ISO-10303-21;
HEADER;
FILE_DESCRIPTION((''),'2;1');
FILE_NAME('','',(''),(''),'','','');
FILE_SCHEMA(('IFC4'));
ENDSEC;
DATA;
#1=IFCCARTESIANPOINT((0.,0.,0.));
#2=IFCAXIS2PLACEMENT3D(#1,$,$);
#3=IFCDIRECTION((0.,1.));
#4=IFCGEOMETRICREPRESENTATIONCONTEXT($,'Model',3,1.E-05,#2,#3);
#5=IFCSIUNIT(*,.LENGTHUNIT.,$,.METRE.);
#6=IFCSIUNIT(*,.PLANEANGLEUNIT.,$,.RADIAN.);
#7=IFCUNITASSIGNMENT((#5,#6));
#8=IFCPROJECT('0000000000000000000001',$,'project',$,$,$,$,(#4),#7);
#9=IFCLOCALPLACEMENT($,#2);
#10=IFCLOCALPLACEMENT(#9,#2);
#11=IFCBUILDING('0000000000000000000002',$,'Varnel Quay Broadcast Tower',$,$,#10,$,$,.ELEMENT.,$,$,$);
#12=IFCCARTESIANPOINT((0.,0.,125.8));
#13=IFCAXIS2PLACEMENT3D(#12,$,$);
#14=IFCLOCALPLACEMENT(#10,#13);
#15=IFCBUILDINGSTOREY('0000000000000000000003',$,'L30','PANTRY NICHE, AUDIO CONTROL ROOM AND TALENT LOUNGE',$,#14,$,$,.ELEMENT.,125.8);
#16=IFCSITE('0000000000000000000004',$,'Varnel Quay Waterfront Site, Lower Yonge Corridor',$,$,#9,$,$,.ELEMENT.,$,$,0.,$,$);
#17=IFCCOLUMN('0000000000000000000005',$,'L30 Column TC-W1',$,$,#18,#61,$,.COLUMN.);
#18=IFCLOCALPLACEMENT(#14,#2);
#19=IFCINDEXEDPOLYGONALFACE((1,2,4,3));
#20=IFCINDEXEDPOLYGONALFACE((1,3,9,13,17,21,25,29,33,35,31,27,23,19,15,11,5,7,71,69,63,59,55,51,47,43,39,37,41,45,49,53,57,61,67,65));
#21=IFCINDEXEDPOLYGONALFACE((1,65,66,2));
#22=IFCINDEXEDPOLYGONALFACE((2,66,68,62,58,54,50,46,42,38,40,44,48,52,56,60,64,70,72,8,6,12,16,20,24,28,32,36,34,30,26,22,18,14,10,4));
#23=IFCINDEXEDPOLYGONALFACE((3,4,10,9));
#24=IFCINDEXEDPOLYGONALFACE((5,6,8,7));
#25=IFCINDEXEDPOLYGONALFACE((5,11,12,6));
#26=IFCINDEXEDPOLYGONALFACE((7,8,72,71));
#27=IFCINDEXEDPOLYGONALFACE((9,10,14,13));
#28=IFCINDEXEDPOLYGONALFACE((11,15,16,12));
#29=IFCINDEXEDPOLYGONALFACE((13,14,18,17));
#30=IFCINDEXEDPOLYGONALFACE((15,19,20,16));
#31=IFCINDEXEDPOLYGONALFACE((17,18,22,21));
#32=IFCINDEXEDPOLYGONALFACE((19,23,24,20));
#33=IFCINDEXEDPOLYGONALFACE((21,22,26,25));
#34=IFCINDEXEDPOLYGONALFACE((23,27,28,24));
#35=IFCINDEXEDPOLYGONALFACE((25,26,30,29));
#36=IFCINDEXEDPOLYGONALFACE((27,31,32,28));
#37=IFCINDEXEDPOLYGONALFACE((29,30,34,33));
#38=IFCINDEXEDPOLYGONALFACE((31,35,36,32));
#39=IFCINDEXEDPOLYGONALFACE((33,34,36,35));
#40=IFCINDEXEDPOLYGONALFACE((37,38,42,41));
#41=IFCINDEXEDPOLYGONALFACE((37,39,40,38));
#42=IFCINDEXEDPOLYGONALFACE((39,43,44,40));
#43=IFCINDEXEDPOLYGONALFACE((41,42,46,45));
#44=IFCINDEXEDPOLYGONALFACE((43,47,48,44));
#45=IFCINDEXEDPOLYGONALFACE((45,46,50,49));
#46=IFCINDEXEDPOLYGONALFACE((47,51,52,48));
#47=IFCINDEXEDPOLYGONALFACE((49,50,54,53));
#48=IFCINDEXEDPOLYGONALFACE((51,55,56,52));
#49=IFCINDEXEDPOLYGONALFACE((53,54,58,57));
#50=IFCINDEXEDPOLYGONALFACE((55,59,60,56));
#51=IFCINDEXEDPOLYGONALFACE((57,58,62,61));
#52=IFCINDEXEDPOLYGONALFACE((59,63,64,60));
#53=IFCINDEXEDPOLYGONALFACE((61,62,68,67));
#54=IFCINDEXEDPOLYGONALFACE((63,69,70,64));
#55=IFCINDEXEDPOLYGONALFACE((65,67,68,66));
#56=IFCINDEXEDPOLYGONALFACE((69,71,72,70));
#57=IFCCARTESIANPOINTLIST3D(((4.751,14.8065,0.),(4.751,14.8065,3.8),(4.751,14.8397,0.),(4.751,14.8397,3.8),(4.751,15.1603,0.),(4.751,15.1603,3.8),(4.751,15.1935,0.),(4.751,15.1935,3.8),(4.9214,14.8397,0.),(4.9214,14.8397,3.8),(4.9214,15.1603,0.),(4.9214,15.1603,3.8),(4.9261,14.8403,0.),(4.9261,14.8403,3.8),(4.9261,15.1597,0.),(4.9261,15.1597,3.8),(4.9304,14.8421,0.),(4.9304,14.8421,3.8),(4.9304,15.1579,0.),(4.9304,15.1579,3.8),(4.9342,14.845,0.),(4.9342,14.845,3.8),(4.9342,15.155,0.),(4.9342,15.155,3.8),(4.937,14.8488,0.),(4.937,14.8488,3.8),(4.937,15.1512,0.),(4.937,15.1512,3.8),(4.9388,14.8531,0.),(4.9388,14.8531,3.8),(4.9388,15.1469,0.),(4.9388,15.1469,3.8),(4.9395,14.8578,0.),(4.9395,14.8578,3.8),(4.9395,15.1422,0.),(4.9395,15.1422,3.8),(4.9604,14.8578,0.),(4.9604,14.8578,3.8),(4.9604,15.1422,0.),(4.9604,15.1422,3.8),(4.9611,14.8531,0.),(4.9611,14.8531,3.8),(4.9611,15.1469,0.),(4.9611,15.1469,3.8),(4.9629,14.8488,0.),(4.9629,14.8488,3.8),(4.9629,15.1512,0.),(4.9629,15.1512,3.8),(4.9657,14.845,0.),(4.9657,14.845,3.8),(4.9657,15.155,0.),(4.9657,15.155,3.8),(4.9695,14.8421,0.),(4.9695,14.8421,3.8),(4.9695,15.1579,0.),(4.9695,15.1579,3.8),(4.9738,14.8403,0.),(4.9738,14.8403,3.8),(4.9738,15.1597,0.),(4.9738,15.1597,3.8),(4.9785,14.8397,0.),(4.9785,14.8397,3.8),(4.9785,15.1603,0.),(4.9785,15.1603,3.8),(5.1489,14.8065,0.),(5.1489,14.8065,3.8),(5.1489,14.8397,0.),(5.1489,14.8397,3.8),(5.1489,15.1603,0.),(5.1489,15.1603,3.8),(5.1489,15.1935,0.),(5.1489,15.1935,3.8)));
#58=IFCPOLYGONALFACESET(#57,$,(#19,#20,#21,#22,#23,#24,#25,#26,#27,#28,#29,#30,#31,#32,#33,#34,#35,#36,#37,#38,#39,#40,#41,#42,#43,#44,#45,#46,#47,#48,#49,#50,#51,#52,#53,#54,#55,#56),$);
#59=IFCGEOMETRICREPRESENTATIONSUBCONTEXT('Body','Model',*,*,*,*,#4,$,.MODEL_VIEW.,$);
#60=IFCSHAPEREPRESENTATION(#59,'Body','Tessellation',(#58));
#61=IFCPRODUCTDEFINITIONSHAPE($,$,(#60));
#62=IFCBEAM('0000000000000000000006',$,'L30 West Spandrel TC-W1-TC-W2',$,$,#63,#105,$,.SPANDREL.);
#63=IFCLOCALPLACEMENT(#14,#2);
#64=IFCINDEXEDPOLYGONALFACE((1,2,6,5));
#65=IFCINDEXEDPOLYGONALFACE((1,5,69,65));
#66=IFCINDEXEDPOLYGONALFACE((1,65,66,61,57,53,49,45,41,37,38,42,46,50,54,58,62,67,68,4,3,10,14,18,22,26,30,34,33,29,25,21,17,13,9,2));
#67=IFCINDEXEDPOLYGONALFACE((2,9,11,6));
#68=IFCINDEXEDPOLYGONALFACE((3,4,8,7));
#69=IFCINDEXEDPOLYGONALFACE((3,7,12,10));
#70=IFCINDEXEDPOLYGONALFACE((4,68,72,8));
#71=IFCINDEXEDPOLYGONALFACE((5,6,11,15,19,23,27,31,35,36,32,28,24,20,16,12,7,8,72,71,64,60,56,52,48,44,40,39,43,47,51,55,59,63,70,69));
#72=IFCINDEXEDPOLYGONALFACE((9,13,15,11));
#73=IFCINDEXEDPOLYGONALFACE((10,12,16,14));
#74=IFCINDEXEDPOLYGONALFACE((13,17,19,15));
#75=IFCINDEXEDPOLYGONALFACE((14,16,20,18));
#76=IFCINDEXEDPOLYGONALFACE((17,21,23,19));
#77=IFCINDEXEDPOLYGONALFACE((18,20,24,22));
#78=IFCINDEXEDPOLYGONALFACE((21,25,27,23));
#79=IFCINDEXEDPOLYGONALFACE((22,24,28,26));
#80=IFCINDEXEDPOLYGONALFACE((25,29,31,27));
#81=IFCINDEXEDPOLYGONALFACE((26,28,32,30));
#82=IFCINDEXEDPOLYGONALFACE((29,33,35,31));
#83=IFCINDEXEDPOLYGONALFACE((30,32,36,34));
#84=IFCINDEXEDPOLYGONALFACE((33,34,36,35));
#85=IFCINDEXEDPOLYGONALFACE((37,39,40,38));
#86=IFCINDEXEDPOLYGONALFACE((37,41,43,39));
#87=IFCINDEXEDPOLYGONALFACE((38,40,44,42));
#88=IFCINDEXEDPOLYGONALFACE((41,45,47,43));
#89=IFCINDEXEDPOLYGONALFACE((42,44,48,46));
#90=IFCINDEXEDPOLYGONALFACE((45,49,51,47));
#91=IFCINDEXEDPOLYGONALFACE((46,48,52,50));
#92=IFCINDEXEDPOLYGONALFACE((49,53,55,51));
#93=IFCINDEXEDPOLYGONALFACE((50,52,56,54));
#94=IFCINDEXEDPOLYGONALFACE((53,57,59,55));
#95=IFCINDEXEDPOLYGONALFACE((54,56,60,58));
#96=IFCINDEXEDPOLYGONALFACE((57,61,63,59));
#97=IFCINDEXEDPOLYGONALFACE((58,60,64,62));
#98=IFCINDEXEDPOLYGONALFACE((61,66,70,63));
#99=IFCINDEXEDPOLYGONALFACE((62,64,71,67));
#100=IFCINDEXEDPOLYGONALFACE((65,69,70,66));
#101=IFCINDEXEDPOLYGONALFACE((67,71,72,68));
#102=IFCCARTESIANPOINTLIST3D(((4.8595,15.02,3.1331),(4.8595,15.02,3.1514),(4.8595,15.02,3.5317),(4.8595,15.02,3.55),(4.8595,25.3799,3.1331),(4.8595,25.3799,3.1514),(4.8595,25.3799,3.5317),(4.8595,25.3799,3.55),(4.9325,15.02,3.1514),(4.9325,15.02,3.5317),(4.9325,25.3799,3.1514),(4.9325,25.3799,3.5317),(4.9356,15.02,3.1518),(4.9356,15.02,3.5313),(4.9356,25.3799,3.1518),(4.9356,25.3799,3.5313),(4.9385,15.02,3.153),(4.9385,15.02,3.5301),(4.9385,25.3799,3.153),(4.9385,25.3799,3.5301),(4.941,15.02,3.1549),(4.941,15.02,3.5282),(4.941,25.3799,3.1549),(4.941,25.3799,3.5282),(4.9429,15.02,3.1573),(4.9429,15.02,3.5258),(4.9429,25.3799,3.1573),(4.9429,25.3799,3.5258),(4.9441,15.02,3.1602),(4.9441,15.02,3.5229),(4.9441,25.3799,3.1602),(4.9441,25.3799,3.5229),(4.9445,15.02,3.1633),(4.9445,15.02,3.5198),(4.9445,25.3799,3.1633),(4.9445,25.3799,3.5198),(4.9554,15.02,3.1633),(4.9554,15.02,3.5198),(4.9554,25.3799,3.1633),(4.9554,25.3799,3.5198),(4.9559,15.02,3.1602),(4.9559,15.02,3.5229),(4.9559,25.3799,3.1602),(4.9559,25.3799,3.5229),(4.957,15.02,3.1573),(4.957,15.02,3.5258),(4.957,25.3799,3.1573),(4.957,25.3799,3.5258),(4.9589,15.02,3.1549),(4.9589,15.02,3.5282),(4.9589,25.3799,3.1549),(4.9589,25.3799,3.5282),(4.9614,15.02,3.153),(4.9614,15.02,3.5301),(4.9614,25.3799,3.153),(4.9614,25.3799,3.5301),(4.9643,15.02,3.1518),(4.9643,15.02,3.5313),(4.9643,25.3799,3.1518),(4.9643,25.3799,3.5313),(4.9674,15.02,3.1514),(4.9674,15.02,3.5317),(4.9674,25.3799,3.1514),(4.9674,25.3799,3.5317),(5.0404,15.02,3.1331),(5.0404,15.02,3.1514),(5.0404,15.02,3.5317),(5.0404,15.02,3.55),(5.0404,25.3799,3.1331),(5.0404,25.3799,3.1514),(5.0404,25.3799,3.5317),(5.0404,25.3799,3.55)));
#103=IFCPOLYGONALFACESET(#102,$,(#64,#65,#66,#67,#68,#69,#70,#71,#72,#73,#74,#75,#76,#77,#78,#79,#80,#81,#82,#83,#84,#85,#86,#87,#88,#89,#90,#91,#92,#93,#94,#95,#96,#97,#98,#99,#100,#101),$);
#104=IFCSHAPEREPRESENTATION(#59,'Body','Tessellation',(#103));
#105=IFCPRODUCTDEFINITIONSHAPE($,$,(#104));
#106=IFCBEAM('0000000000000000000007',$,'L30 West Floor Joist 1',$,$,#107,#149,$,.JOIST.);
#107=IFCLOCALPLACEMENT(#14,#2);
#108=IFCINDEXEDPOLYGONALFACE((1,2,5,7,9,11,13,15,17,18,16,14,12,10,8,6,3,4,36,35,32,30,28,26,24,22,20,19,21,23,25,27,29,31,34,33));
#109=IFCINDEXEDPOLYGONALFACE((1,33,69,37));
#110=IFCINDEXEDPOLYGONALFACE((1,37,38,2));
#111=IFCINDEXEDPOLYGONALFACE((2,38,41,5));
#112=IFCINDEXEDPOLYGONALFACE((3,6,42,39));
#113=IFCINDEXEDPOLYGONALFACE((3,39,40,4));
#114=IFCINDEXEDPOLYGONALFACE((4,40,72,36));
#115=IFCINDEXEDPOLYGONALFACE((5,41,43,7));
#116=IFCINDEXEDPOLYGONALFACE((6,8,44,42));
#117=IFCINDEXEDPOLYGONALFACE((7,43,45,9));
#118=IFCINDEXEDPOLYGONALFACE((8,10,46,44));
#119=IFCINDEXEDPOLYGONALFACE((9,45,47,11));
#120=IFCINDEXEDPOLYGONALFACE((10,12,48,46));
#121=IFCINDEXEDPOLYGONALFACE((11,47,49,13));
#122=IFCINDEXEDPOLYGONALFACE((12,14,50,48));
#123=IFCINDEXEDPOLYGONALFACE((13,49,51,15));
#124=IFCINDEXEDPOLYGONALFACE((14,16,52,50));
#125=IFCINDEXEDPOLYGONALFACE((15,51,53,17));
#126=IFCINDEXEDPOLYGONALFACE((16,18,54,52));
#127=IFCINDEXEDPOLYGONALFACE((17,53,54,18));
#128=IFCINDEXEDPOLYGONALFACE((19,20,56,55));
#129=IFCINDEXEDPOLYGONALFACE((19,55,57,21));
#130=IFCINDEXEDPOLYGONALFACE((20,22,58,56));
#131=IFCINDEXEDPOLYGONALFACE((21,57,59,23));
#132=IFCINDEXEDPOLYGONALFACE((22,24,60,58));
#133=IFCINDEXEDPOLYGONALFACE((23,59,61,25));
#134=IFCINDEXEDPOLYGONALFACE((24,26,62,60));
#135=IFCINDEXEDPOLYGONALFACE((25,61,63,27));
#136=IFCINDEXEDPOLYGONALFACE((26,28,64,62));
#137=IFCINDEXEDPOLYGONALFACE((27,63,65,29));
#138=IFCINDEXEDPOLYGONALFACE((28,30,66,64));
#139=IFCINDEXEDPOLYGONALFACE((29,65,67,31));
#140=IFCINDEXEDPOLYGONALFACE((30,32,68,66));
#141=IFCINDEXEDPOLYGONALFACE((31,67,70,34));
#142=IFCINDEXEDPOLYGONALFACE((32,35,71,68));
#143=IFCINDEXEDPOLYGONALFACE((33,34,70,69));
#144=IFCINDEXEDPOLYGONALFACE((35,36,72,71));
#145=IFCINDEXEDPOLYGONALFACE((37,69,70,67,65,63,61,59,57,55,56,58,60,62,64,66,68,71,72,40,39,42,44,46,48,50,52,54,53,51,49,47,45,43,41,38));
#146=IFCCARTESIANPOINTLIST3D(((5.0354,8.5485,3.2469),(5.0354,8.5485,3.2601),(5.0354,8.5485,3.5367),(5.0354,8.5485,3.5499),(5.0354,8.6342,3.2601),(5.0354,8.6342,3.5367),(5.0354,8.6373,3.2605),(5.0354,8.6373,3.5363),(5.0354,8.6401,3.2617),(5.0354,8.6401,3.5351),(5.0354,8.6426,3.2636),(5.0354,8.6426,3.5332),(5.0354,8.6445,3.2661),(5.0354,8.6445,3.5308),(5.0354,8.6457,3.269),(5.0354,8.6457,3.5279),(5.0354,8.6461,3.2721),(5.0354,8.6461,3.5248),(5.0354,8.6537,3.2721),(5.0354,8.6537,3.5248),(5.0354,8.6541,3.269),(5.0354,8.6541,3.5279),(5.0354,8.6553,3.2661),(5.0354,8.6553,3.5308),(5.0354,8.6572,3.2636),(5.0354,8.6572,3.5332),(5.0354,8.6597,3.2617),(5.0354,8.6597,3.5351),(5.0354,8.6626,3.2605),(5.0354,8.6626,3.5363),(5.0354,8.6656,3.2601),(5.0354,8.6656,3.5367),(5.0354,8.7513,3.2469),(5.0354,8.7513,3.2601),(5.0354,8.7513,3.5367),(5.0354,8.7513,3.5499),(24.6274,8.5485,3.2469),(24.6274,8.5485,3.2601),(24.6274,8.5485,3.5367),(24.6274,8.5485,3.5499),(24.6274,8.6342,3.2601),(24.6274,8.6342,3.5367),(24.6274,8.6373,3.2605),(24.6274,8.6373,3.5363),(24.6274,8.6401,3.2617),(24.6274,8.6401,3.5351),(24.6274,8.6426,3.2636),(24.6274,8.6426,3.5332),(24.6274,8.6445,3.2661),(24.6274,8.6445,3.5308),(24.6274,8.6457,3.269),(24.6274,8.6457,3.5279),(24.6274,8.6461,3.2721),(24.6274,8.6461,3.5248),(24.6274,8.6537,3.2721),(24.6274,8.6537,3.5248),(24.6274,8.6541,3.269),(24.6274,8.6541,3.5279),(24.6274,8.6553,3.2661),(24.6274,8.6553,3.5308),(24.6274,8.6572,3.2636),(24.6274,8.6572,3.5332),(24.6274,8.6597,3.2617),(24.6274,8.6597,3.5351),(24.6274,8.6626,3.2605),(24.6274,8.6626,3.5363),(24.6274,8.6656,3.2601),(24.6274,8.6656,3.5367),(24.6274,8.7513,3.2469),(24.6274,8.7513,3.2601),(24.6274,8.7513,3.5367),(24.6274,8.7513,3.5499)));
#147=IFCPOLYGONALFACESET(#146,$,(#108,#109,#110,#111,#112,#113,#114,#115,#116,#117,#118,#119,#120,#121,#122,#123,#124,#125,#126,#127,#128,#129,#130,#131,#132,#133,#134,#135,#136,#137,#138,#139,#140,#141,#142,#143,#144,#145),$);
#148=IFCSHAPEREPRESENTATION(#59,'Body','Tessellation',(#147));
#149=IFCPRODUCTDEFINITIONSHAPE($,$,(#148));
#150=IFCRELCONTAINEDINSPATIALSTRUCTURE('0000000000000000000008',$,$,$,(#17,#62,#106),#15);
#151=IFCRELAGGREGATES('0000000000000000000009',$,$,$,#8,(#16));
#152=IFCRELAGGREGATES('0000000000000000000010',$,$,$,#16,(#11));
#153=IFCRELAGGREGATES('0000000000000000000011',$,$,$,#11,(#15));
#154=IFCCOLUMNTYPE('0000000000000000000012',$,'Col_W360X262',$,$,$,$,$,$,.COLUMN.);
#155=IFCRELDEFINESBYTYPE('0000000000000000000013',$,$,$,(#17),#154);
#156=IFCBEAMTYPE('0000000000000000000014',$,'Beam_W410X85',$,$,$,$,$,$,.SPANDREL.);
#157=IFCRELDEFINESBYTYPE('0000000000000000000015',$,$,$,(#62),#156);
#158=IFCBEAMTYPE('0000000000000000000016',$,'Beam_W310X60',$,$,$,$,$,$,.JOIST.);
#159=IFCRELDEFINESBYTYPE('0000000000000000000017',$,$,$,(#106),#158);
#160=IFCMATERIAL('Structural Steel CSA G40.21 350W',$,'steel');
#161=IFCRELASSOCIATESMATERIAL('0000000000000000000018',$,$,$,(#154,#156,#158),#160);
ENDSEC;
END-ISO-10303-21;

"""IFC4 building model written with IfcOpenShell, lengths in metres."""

from ifc_helpers import new_model, si_unit, direction, frame, origin, origin_2d, place, context, subcontext, project, spatial, i_section, extrude, source, transform, mapped, material, material_profile, profile_set, type_object, type_shapes, element, save


model = new_model("IFC4")

# Units and contexts
model_context = context("Model", 3, precision=1e-05, world=origin(), true_north=direction((0.0, 1.0)))
body_context = subcontext(model_context, "Body", "Model", "MODEL_VIEW")
ifc_project = project(units=[si_unit("LENGTHUNIT", "METRE"), si_unit("PLANEANGLEUNIT", "RADIAN")], contexts=[model_context])

# Site, building, storey
site_placement = place(None, origin())
site = spatial("IfcSite", under=ifc_project, at=site_placement, Name="Varnel Quay Waterfront Site, Lower Yonge Corridor", CompositionType="ELEMENT", RefElevation=0.0)
building_placement = place(site_placement, origin())
building = spatial("IfcBuilding", under=site, at=building_placement, Name="Varnel Quay Broadcast Tower", CompositionType="ELEMENT")
storey_placement = place(building_placement, frame((0.0, 0.0, 125.8)))
storey = spatial("IfcBuildingStorey", under=building, at=storey_placement, Name="L30", Description="PANTRY NICHE, AUDIO CONTROL ROOM AND TALENT LOUNGE", CompositionType="ELEMENT", Elevation=125.8)

# Column
ifc_material_1 = material(Name="Structural Steel CSA G40.21 350W", Category="steel")
ifc_material_profile_1 = material_profile(ifc_material_1, i_section(OverallWidth=0.3979, OverallDepth=0.387, WebThickness=0.021, FlangeThickness=0.0332, FilletRadius=0.0181, at=origin_2d()), Name="W360X262")
ifc_profile_set_1 = profile_set([ifc_material_profile_1], Name="Structural Steel CSA G40.21 350W")
column_type = type_object("IfcColumnType", Name="Col_W360X262", PredefinedType="COLUMN", material=ifc_profile_set_1)
shared_shape_1 = source(origin(), body_context, "Body", "SweptSolid", [
    extrude(i_section(OverallWidth=0.3979, OverallDepth=0.387, WebThickness=0.021, FlangeThickness=0.0332, FilletRadius=0.0181, at=origin_2d()), origin(), (0.0, 0.0, 1.0), 3.8),
])
type_shapes(column_type, [shared_shape_1])
column_placement = place(storey_placement, frame((4.95, 15.0, 0.0), z_axis=(0.0, 0.0, 1.0), x_axis=(1.0, 0.0, 0.0)))
element("IfcColumn", 1, at=column_placement, inside=storey, type_object=column_type, Name="L30 Column TC-W1", PredefinedType="COLUMN", context=body_context, shape_type="MappedRepresentation", body=[
    mapped(shared_shape_1, transform((0.0, 0.0, 0.0), x_axis=(1.0, 0.0, 0.0), y_axis=(0.0, 1.0, 0.0), z_axis=(0.0, 0.0, 1.0), scale=1.0)),
])

# Beams
ifc_material_profile_2 = material_profile(ifc_material_1, i_section(OverallWidth=0.1809, OverallDepth=0.417, WebThickness=0.011, FlangeThickness=0.0183, FilletRadius=0.012, at=origin_2d()), Name="W410X85")
ifc_profile_set_2 = profile_set([ifc_material_profile_2], Name="Structural Steel CSA G40.21 350W")
beam_type_1 = type_object("IfcBeamType", Name="Beam_W410X85", PredefinedType="SPANDREL", material=ifc_profile_set_2)
shared_shape_2 = source(origin(), body_context, "Body", "SweptSolid", [
    extrude(i_section(OverallWidth=0.1809, OverallDepth=0.417, WebThickness=0.011, FlangeThickness=0.0183, FilletRadius=0.012, at=origin_2d()), origin(), (0.0, 0.0, 1.0), 10.3599),
])
type_shapes(beam_type_1, [shared_shape_2])
beam_1_placement = place(storey_placement, frame((4.95, 15.02, 3.3416), z_axis=(0.0, 1.0, 0.0), x_axis=(-1.0, 0.0, 0.0)))
element("IfcBeam", 2, at=beam_1_placement, inside=storey, type_object=beam_type_1, Name="L30 West Spandrel TC-W1-TC-W2", PredefinedType="SPANDREL", context=body_context, shape_type="MappedRepresentation", body=[
    mapped(shared_shape_2, transform((0.0, 0.0, 0.0), x_axis=(1.0, 0.0, 0.0), y_axis=(0.0, 1.0, 0.0), z_axis=(0.0, 0.0, 1.0), scale=1.0)),
])
ifc_material_profile_3 = material_profile(ifc_material_1, i_section(OverallWidth=0.2029, OverallDepth=0.303, WebThickness=0.0076, FlangeThickness=0.0132, FilletRadius=0.012, at=origin_2d()), Name="W310X60")
ifc_profile_set_3 = profile_set([ifc_material_profile_3], Name="Structural Steel CSA G40.21 350W")
beam_type_2 = type_object("IfcBeamType", Name="Beam_W310X60", PredefinedType="JOIST", material=ifc_profile_set_3)
shared_shape_3 = source(origin(), body_context, "Body", "SweptSolid", [
    extrude(i_section(OverallWidth=0.2029, OverallDepth=0.303, WebThickness=0.0076, FlangeThickness=0.0132, FilletRadius=0.012, at=origin_2d()), origin(), (0.0, 0.0, 1.0), 19.592),
])
type_shapes(beam_type_2, [shared_shape_3])
beam_2_placement = place(storey_placement, frame((5.0354, 8.6499, 3.3984), z_axis=(1.0, 0.0, 0.0), x_axis=(0.0, 1.0, 0.0)))
element("IfcBeam", 3, at=beam_2_placement, inside=storey, type_object=beam_type_2, Name="L30 West Floor Joist 1", PredefinedType="JOIST", context=body_context, shape_type="MappedRepresentation", body=[
    mapped(shared_shape_3, transform((0.0, 0.0, 0.0), x_axis=(1.0, 0.0, 0.0), y_axis=(0.0, 1.0, 0.0), z_axis=(0.0, 0.0, 1.0), scale=1.0)),
])

save(model, "model.ifc")
